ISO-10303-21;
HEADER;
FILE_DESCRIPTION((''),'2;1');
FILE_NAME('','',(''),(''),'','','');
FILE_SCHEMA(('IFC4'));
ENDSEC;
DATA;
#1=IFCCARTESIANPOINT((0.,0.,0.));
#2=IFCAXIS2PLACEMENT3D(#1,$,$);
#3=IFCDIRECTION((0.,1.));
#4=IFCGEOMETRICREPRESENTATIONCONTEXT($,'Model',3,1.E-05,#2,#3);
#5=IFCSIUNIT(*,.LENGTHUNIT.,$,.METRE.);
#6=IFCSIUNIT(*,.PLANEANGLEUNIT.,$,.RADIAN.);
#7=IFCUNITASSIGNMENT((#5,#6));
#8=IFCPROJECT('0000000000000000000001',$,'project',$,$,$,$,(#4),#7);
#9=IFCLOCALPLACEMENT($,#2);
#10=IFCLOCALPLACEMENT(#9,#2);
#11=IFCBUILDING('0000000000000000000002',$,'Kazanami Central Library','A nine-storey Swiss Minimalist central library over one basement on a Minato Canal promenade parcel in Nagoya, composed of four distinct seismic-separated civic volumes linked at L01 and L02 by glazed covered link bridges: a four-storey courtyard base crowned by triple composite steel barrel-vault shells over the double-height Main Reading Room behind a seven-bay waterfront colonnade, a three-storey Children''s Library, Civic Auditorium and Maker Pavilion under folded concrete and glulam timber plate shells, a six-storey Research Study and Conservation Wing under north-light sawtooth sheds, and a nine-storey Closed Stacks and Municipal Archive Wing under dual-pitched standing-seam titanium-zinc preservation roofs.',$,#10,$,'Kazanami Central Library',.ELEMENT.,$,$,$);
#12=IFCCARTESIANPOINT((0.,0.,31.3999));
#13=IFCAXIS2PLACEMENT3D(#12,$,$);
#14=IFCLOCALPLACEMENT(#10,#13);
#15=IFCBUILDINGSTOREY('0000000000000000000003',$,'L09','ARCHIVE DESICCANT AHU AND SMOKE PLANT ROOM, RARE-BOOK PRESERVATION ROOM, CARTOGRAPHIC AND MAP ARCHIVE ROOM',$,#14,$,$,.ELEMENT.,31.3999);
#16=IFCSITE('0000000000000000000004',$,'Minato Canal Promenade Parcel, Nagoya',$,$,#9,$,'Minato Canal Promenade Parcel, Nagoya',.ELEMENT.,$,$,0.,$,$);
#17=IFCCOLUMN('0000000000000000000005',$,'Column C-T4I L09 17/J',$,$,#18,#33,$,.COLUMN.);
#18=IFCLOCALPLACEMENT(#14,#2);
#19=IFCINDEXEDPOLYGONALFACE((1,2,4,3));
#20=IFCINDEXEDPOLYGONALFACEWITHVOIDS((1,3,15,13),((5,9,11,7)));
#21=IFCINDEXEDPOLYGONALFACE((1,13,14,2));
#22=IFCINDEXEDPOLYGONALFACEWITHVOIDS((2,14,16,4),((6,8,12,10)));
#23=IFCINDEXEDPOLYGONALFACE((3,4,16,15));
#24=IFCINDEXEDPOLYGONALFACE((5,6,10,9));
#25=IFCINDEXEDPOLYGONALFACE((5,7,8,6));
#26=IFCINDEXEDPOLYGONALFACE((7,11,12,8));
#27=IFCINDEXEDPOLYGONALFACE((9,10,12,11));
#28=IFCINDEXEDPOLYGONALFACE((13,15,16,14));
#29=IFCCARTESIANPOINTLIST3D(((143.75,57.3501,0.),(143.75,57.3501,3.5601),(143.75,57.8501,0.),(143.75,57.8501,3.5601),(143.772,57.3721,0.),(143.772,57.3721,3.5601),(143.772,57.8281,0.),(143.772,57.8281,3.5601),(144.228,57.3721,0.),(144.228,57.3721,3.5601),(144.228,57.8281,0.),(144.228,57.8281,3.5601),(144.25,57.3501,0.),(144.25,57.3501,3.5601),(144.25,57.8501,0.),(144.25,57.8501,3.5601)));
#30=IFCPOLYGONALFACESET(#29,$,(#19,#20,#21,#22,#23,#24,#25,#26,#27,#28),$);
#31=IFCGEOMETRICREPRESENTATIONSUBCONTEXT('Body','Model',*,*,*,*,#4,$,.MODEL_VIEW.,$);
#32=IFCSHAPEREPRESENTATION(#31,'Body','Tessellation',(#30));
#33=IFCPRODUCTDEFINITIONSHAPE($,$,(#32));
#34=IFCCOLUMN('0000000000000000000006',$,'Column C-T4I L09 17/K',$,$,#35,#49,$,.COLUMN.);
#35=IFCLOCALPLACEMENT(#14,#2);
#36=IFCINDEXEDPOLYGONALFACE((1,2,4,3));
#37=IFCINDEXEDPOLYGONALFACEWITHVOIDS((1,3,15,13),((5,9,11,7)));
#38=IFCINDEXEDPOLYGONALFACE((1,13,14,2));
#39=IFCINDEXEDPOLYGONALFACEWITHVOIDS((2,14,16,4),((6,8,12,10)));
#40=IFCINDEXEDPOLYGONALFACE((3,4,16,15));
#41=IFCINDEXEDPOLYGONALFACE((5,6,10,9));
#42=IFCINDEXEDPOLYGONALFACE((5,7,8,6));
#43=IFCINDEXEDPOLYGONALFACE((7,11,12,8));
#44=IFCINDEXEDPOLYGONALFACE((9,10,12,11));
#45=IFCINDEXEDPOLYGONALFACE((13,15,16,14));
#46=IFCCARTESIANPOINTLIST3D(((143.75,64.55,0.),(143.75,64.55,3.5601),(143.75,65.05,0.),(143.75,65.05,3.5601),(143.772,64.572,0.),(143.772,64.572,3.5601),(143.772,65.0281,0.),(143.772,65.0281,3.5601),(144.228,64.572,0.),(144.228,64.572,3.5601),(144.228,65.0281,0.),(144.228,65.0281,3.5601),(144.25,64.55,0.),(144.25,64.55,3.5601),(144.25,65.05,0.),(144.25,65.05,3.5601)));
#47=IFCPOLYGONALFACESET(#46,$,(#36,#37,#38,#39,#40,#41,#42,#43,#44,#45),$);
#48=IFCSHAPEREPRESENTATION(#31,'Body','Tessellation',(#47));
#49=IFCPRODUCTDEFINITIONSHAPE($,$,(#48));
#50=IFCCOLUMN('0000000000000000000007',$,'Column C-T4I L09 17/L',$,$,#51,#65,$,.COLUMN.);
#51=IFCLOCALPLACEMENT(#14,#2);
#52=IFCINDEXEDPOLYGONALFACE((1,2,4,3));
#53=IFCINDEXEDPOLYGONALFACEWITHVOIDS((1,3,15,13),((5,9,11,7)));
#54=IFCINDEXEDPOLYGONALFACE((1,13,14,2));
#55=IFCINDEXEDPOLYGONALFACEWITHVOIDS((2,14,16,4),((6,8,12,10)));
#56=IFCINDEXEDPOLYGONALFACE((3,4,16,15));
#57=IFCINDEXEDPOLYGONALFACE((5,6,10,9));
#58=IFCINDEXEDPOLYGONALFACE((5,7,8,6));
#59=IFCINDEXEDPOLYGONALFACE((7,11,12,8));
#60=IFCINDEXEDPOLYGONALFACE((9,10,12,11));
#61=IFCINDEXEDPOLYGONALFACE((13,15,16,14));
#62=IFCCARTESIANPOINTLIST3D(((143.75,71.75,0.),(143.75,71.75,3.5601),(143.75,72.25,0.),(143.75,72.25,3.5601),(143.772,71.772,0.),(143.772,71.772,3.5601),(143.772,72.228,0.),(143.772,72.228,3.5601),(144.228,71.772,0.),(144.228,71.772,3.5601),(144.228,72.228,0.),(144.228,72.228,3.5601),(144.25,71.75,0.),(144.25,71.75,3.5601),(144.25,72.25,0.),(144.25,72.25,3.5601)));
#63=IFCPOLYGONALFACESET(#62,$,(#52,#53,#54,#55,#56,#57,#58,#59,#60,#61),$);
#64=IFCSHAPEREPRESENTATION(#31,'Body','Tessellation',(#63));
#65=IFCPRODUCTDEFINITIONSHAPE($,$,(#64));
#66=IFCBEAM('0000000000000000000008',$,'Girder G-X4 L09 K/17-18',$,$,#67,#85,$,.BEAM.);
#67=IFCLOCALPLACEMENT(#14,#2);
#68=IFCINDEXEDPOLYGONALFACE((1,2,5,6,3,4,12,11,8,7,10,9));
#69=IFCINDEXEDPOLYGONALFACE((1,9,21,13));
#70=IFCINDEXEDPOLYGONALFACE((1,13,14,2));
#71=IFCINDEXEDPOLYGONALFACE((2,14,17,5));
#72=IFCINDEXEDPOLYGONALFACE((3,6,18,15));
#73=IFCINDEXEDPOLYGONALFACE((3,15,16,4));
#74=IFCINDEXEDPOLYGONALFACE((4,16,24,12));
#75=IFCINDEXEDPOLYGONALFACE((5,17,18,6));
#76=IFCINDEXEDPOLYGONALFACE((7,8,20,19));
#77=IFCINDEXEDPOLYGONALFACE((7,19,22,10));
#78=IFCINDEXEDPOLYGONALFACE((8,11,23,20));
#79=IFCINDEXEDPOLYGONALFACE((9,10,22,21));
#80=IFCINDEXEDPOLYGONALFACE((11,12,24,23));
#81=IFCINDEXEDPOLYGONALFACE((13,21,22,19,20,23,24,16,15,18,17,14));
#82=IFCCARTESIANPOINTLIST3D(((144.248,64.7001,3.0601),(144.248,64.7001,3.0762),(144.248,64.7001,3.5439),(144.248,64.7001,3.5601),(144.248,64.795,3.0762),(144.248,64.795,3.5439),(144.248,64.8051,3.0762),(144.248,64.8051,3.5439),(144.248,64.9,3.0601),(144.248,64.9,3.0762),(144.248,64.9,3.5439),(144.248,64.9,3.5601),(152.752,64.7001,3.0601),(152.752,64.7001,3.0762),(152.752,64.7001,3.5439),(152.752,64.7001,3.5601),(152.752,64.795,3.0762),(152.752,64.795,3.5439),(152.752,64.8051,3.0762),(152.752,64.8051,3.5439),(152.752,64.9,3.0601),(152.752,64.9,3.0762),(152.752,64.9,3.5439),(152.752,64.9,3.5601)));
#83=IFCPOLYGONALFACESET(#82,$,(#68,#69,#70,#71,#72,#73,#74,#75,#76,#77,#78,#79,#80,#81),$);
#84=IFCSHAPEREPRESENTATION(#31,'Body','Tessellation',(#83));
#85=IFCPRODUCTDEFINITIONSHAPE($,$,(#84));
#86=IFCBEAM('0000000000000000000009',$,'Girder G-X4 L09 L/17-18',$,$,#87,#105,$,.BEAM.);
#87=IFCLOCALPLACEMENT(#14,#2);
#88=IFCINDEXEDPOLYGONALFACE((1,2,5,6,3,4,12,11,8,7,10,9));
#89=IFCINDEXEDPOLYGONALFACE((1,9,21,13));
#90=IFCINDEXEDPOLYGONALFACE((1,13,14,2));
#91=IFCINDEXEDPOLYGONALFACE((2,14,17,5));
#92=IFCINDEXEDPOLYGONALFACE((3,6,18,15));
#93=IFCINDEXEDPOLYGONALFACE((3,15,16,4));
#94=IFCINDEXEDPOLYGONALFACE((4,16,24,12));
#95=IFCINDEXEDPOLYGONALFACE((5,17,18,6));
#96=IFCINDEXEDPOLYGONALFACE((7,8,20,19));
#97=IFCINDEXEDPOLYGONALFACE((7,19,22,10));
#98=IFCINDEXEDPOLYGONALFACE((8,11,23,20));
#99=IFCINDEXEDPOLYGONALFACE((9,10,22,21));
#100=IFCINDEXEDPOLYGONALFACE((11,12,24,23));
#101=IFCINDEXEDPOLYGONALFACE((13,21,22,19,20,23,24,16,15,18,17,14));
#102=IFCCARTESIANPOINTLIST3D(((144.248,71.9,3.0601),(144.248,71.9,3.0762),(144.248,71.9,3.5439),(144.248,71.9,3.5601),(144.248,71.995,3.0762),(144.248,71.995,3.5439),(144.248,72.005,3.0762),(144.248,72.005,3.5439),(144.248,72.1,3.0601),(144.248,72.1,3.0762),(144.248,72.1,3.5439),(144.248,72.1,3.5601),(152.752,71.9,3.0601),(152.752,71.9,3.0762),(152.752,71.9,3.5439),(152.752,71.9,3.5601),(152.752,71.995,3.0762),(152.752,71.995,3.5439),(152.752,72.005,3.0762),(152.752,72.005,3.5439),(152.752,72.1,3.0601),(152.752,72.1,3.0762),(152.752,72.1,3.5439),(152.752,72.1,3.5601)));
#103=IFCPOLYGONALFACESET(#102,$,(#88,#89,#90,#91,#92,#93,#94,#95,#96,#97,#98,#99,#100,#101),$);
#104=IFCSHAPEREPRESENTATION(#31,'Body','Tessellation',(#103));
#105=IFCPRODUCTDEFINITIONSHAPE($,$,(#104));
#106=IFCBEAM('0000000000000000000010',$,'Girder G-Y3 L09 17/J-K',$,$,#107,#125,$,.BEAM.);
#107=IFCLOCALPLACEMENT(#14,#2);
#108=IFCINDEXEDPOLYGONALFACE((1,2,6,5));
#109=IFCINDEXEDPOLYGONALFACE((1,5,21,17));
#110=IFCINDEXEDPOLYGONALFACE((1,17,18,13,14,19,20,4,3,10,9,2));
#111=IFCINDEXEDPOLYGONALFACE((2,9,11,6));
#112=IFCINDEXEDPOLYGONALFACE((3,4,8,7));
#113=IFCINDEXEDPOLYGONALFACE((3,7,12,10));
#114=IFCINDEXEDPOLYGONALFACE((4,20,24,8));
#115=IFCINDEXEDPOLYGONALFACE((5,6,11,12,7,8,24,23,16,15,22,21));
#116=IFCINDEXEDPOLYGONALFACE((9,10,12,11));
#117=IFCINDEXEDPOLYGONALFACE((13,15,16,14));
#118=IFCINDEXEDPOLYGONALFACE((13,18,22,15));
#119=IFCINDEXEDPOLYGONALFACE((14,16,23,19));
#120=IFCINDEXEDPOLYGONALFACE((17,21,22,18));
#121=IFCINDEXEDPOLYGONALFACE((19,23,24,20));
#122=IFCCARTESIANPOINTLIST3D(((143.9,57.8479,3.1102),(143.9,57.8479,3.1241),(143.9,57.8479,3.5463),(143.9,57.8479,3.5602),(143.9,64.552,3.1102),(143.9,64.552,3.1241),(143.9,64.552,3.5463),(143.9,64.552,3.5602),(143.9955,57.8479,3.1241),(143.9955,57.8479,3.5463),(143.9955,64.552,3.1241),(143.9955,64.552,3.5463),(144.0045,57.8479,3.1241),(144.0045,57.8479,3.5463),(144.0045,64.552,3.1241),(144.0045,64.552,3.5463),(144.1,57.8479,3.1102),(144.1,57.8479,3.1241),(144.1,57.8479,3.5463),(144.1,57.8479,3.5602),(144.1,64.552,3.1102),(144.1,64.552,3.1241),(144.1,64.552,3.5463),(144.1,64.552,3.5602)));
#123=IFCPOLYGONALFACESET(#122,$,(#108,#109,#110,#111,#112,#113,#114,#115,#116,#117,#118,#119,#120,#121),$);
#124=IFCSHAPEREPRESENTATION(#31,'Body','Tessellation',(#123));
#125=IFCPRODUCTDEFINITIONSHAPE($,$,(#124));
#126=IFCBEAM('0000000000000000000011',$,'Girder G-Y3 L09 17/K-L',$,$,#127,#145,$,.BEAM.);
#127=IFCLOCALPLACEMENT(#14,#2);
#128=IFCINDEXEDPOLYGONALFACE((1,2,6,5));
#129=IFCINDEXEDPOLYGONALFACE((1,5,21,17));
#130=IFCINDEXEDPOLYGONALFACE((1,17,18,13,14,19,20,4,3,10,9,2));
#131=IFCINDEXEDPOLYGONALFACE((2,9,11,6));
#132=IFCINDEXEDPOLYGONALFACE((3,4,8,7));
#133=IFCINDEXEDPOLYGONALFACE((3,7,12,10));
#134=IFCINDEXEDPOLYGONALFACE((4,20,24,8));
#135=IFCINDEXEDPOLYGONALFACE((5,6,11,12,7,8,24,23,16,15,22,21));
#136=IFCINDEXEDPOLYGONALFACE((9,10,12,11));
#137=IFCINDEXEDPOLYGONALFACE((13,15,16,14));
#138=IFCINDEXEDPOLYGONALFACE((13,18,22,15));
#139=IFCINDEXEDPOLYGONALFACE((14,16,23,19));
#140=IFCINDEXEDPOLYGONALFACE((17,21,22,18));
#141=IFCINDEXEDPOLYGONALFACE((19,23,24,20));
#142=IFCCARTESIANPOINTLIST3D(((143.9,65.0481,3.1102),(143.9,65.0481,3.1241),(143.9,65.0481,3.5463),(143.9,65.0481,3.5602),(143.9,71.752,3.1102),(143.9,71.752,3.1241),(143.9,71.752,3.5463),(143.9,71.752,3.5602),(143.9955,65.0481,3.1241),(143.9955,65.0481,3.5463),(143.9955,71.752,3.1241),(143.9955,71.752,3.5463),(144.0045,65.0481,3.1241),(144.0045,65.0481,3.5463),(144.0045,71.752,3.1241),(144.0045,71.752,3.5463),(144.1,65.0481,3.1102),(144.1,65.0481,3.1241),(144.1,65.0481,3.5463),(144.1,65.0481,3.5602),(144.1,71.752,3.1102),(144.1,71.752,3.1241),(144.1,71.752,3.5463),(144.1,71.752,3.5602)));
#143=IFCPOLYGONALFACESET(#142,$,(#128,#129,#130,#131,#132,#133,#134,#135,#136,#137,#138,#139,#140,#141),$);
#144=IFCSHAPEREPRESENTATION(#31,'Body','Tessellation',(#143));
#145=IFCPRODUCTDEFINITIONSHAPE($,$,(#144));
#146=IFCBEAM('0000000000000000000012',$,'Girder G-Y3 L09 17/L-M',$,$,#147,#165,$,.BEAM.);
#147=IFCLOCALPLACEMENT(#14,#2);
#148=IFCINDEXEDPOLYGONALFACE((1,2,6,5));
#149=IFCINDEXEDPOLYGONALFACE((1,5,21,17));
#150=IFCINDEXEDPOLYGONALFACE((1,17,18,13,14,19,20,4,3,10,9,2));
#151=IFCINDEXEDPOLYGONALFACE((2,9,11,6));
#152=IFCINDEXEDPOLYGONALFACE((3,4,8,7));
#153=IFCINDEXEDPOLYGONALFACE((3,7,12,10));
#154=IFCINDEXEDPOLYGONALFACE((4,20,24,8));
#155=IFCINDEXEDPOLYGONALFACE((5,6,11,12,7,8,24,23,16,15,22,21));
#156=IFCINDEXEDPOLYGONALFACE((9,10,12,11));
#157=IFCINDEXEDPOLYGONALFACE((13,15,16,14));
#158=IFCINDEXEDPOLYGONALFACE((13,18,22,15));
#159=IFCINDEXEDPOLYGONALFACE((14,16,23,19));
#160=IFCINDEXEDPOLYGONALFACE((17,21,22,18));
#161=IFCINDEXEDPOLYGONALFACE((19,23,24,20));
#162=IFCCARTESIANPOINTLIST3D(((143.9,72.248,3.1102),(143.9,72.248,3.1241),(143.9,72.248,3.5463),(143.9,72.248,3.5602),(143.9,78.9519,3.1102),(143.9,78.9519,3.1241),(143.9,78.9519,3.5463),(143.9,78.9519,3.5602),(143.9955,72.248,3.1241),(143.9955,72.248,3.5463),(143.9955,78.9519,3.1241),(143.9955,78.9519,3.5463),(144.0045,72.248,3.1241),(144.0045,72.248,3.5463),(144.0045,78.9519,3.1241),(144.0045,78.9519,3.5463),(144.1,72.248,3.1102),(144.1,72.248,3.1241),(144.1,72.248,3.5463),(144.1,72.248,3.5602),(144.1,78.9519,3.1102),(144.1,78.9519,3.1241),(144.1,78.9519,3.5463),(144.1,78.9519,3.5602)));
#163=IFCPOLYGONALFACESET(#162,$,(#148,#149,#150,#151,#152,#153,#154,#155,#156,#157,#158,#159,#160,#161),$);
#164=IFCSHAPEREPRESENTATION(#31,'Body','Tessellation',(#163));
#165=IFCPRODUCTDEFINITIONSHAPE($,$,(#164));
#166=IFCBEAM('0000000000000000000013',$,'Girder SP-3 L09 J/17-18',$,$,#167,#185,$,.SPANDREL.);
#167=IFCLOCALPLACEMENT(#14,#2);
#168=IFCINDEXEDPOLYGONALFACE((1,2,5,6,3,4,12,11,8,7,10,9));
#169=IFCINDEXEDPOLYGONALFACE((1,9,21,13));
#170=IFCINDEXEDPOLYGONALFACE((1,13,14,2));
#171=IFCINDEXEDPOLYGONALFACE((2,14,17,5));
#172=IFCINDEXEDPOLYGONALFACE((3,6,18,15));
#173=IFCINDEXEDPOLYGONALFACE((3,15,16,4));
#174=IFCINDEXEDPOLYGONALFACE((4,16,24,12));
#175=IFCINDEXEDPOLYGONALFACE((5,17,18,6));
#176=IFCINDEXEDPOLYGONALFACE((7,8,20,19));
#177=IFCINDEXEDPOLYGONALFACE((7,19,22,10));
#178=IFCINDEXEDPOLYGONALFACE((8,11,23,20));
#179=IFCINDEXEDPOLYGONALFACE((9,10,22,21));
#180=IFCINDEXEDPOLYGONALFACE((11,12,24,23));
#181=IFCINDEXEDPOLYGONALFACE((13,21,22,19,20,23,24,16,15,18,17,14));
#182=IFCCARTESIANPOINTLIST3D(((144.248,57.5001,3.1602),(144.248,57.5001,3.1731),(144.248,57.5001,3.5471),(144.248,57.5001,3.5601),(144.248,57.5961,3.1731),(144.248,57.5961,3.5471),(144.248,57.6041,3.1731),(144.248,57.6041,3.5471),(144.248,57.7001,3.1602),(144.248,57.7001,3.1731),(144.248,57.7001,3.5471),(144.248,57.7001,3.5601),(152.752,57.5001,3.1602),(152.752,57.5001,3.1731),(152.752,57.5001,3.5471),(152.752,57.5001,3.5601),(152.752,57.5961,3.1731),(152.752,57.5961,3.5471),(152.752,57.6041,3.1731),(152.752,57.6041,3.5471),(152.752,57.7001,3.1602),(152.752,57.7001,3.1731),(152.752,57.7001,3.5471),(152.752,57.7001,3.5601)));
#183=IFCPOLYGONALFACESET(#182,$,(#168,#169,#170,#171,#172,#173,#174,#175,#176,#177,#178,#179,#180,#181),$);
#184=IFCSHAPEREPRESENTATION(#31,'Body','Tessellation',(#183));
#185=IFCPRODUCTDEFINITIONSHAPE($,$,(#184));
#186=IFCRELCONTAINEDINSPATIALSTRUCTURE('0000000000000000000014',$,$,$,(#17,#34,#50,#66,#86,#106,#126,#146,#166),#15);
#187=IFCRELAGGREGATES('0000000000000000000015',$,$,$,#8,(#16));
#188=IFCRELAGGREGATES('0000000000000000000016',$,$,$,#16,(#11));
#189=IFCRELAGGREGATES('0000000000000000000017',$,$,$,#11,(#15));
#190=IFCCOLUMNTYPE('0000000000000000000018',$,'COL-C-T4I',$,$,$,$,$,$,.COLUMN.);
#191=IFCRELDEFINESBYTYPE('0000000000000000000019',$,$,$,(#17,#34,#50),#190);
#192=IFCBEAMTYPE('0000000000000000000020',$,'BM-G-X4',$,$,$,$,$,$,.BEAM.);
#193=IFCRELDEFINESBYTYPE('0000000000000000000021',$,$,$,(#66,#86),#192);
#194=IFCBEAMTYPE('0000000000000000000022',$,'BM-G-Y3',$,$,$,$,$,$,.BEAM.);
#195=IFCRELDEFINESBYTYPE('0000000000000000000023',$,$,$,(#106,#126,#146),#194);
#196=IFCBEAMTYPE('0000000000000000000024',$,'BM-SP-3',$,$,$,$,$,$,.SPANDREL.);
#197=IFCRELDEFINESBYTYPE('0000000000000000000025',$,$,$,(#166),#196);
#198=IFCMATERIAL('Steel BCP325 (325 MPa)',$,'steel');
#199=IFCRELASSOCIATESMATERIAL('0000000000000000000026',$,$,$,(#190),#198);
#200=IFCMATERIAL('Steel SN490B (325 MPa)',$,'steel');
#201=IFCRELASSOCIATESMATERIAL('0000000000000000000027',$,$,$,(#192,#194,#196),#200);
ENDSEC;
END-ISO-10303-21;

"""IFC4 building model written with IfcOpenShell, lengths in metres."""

from ifc_helpers import new_model, si_unit, direction, frame, origin, origin_2d, place, context, subcontext, project, spatial, hollow_rectangle, i_section, extrude, material, material_profile, profile_set, type_object, element, save


model = new_model("IFC4")

# Units and contexts
model_context = context("Model", 3, precision=1e-05, world=origin(), true_north=direction((0.0, 1.0)))
body_context = subcontext(model_context, "Body", "Model", "MODEL_VIEW")
ifc_project = project(units=[si_unit("LENGTHUNIT", "METRE"), si_unit("PLANEANGLEUNIT", "RADIAN")], contexts=[model_context])

# Site, building, storey
site_placement = place(None, origin())
site = spatial("IfcSite", under=ifc_project, at=site_placement, Name="Minato Canal Promenade Parcel, Nagoya", LongName="Minato Canal Promenade Parcel, Nagoya", CompositionType="ELEMENT", RefElevation=0.0)
building_placement = place(site_placement, origin())
building = spatial("IfcBuilding", under=site, at=building_placement, Name="Kazanami Central Library", Description="A nine-storey Swiss Minimalist central library over one basement on a Minato Canal promenade parcel in Nagoya, composed of four distinct seismic-separated civic volumes linked at L01 and L02 by glazed covered link bridges: a four-storey courtyard base crowned by triple composite steel barrel-vault shells over the double-height Main Reading Room behind a seven-bay waterfront colonnade, a three-storey Children's Library, Civic Auditorium and Maker Pavilion under folded concrete and glulam timber plate shells, a six-storey Research Study and Conservation Wing under north-light sawtooth sheds, and a nine-storey Closed Stacks and Municipal Archive Wing under dual-pitched standing-seam titanium-zinc preservation roofs.", LongName="Kazanami Central Library", CompositionType="ELEMENT")
storey_placement = place(building_placement, frame((0.0, 0.0, 31.3999)))
storey = spatial("IfcBuildingStorey", under=building, at=storey_placement, Name="L09", Description="ARCHIVE DESICCANT AHU AND SMOKE PLANT ROOM, RARE-BOOK PRESERVATION ROOM, CARTOGRAPHIC AND MAP ARCHIVE ROOM", CompositionType="ELEMENT", Elevation=31.3999)

# Columns
ifc_material_1 = material(Name="Steel BCP325 (325 MPa)", Category="steel")
ifc_material_profile_1 = material_profile(ifc_material_1, hollow_rectangle(XDim=0.5, YDim=0.5, WallThickness=0.022, at=origin_2d()), Name="BCP-500x500x22")
ifc_profile_set_1 = profile_set([ifc_material_profile_1], Name="Steel BCP325 (325 MPa)")
column_type = type_object("IfcColumnType", Name="COL-C-T4I", PredefinedType="COLUMN", material=ifc_profile_set_1)
for number, where, z_axis, x_axis, name in (
    (1, (144.0, 57.6001, 0.0), (0.0, 0.0, 1.0), (1.0, 0.0, 0.0), "Column C-T4I L09 17/J"),
    (2, (144.0, 64.8, 0.0), (0.0, 0.0, 1.0), (1.0, 0.0, 0.0), "Column C-T4I L09 17/K"),
    (3, (144.0, 72.0, 0.0), (0.0, 0.0, 1.0), (1.0, 0.0, 0.0), "Column C-T4I L09 17/L"),
):
    element("IfcColumn", number, at=place(storey_placement, frame(where, z_axis=z_axis, x_axis=x_axis)), inside=storey, type_object=column_type, Name=name, PredefinedType="COLUMN", context=body_context, shape_type="SweptSolid", body=[
        extrude(hollow_rectangle(XDim=0.5, YDim=0.5, WallThickness=0.022, at=origin_2d()), origin(), (0.0, 0.0, 1.0), 3.5601),
    ])

# Beams
ifc_material_2 = material(Name="Steel SN490B (325 MPa)", Category="steel")
ifc_material_profile_2 = material_profile(ifc_material_2, i_section(OverallWidth=0.2, OverallDepth=0.5, WebThickness=0.01, FlangeThickness=0.0161, at=origin_2d()), Name="H-500x200x10x16")
ifc_profile_set_2 = profile_set([ifc_material_profile_2], Name="Steel SN490B (325 MPa)")
beam_type_1 = type_object("IfcBeamType", Name="BM-G-X4", PredefinedType="BEAM", material=ifc_profile_set_2)
for number, where, z_axis, x_axis, name in (
    (4, (144.248, 64.8, 3.3101), (1.0, 0.0, 0.0), (0.0, 1.0, 0.0), "Girder G-X4 L09 K/17-18"),
    (5, (144.248, 72.0, 3.3101), (1.0, 0.0, 0.0), (0.0, 1.0, 0.0), "Girder G-X4 L09 L/17-18"),
):
    element("IfcBeam", number, at=place(storey_placement, frame(where, z_axis=z_axis, x_axis=x_axis)), inside=storey, type_object=beam_type_1, Name=name, PredefinedType="BEAM", context=body_context, shape_type="SweptSolid", body=[
        extrude(i_section(OverallWidth=0.2, OverallDepth=0.5, WebThickness=0.01, FlangeThickness=0.0161, at=origin_2d()), origin(), (0.0, 0.0, 1.0), 8.5039),
    ])
ifc_material_profile_3 = material_profile(ifc_material_2, i_section(OverallWidth=0.2, OverallDepth=0.45, WebThickness=0.009, FlangeThickness=0.0139, at=origin_2d()), Name="H-450x200x9x14")
ifc_profile_set_3 = profile_set([ifc_material_profile_3], Name="Steel SN490B (325 MPa)")
beam_type_2 = type_object("IfcBeamType", Name="BM-G-Y3", PredefinedType="BEAM", material=ifc_profile_set_3)
beam_1_placement = place(storey_placement, frame((144.0, 57.8479, 3.3352), z_axis=(0.0, 1.0, 0.0), x_axis=(-1.0, 0.0, 0.0)))
element("IfcBeam", 6, at=beam_1_placement, inside=storey, type_object=beam_type_2, Name="Girder G-Y3 L09 17/J-K", PredefinedType="BEAM", context=body_context, shape_type="SweptSolid", body=[
    extrude(i_section(OverallWidth=0.2, OverallDepth=0.45, WebThickness=0.009, FlangeThickness=0.0139, at=origin_2d()), origin(), (0.0, 0.0, 1.0), 6.7041),
])
for number, where, z_axis, x_axis, name in (
    (7, (144.0, 65.0481, 3.3352), (0.0, 1.0, 0.0), (-1.0, 0.0, 0.0), "Girder G-Y3 L09 17/K-L"),
    (8, (144.0, 72.248, 3.3352), (0.0, 1.0, 0.0), (-1.0, 0.0, 0.0), "Girder G-Y3 L09 17/L-M"),
):
    element("IfcBeam", number, at=place(storey_placement, frame(where, z_axis=z_axis, x_axis=x_axis)), inside=storey, type_object=beam_type_2, Name=name, PredefinedType="BEAM", context=body_context, shape_type="SweptSolid", body=[
        extrude(i_section(OverallWidth=0.2, OverallDepth=0.45, WebThickness=0.009, FlangeThickness=0.0139, at=origin_2d()), origin(), (0.0, 0.0, 1.0), 6.7039),
    ])
ifc_material_profile_4 = material_profile(ifc_material_2, i_section(OverallWidth=0.2, OverallDepth=0.3999, WebThickness=0.0081, FlangeThickness=0.0129, at=origin_2d()), Name="H-400x200x8x13")
ifc_profile_set_4 = profile_set([ifc_material_profile_4], Name="Steel SN490B (325 MPa)")
beam_type_3 = type_object("IfcBeamType", Name="BM-SP-3", PredefinedType="SPANDREL", material=ifc_profile_set_4)
beam_2_placement = place(storey_placement, frame((144.248, 57.6001, 3.3601), z_axis=(1.0, 0.0, 0.0), x_axis=(0.0, 1.0, 0.0)))
element("IfcBeam", 9, at=beam_2_placement, inside=storey, type_object=beam_type_3, Name="Girder SP-3 L09 J/17-18", PredefinedType="SPANDREL", context=body_context, shape_type="SweptSolid", body=[
    extrude(i_section(OverallWidth=0.2, OverallDepth=0.3999, WebThickness=0.0081, FlangeThickness=0.0129, at=origin_2d()), origin(), (0.0, 0.0, 1.0), 8.5039),
])

save(model, "model.ifc")
